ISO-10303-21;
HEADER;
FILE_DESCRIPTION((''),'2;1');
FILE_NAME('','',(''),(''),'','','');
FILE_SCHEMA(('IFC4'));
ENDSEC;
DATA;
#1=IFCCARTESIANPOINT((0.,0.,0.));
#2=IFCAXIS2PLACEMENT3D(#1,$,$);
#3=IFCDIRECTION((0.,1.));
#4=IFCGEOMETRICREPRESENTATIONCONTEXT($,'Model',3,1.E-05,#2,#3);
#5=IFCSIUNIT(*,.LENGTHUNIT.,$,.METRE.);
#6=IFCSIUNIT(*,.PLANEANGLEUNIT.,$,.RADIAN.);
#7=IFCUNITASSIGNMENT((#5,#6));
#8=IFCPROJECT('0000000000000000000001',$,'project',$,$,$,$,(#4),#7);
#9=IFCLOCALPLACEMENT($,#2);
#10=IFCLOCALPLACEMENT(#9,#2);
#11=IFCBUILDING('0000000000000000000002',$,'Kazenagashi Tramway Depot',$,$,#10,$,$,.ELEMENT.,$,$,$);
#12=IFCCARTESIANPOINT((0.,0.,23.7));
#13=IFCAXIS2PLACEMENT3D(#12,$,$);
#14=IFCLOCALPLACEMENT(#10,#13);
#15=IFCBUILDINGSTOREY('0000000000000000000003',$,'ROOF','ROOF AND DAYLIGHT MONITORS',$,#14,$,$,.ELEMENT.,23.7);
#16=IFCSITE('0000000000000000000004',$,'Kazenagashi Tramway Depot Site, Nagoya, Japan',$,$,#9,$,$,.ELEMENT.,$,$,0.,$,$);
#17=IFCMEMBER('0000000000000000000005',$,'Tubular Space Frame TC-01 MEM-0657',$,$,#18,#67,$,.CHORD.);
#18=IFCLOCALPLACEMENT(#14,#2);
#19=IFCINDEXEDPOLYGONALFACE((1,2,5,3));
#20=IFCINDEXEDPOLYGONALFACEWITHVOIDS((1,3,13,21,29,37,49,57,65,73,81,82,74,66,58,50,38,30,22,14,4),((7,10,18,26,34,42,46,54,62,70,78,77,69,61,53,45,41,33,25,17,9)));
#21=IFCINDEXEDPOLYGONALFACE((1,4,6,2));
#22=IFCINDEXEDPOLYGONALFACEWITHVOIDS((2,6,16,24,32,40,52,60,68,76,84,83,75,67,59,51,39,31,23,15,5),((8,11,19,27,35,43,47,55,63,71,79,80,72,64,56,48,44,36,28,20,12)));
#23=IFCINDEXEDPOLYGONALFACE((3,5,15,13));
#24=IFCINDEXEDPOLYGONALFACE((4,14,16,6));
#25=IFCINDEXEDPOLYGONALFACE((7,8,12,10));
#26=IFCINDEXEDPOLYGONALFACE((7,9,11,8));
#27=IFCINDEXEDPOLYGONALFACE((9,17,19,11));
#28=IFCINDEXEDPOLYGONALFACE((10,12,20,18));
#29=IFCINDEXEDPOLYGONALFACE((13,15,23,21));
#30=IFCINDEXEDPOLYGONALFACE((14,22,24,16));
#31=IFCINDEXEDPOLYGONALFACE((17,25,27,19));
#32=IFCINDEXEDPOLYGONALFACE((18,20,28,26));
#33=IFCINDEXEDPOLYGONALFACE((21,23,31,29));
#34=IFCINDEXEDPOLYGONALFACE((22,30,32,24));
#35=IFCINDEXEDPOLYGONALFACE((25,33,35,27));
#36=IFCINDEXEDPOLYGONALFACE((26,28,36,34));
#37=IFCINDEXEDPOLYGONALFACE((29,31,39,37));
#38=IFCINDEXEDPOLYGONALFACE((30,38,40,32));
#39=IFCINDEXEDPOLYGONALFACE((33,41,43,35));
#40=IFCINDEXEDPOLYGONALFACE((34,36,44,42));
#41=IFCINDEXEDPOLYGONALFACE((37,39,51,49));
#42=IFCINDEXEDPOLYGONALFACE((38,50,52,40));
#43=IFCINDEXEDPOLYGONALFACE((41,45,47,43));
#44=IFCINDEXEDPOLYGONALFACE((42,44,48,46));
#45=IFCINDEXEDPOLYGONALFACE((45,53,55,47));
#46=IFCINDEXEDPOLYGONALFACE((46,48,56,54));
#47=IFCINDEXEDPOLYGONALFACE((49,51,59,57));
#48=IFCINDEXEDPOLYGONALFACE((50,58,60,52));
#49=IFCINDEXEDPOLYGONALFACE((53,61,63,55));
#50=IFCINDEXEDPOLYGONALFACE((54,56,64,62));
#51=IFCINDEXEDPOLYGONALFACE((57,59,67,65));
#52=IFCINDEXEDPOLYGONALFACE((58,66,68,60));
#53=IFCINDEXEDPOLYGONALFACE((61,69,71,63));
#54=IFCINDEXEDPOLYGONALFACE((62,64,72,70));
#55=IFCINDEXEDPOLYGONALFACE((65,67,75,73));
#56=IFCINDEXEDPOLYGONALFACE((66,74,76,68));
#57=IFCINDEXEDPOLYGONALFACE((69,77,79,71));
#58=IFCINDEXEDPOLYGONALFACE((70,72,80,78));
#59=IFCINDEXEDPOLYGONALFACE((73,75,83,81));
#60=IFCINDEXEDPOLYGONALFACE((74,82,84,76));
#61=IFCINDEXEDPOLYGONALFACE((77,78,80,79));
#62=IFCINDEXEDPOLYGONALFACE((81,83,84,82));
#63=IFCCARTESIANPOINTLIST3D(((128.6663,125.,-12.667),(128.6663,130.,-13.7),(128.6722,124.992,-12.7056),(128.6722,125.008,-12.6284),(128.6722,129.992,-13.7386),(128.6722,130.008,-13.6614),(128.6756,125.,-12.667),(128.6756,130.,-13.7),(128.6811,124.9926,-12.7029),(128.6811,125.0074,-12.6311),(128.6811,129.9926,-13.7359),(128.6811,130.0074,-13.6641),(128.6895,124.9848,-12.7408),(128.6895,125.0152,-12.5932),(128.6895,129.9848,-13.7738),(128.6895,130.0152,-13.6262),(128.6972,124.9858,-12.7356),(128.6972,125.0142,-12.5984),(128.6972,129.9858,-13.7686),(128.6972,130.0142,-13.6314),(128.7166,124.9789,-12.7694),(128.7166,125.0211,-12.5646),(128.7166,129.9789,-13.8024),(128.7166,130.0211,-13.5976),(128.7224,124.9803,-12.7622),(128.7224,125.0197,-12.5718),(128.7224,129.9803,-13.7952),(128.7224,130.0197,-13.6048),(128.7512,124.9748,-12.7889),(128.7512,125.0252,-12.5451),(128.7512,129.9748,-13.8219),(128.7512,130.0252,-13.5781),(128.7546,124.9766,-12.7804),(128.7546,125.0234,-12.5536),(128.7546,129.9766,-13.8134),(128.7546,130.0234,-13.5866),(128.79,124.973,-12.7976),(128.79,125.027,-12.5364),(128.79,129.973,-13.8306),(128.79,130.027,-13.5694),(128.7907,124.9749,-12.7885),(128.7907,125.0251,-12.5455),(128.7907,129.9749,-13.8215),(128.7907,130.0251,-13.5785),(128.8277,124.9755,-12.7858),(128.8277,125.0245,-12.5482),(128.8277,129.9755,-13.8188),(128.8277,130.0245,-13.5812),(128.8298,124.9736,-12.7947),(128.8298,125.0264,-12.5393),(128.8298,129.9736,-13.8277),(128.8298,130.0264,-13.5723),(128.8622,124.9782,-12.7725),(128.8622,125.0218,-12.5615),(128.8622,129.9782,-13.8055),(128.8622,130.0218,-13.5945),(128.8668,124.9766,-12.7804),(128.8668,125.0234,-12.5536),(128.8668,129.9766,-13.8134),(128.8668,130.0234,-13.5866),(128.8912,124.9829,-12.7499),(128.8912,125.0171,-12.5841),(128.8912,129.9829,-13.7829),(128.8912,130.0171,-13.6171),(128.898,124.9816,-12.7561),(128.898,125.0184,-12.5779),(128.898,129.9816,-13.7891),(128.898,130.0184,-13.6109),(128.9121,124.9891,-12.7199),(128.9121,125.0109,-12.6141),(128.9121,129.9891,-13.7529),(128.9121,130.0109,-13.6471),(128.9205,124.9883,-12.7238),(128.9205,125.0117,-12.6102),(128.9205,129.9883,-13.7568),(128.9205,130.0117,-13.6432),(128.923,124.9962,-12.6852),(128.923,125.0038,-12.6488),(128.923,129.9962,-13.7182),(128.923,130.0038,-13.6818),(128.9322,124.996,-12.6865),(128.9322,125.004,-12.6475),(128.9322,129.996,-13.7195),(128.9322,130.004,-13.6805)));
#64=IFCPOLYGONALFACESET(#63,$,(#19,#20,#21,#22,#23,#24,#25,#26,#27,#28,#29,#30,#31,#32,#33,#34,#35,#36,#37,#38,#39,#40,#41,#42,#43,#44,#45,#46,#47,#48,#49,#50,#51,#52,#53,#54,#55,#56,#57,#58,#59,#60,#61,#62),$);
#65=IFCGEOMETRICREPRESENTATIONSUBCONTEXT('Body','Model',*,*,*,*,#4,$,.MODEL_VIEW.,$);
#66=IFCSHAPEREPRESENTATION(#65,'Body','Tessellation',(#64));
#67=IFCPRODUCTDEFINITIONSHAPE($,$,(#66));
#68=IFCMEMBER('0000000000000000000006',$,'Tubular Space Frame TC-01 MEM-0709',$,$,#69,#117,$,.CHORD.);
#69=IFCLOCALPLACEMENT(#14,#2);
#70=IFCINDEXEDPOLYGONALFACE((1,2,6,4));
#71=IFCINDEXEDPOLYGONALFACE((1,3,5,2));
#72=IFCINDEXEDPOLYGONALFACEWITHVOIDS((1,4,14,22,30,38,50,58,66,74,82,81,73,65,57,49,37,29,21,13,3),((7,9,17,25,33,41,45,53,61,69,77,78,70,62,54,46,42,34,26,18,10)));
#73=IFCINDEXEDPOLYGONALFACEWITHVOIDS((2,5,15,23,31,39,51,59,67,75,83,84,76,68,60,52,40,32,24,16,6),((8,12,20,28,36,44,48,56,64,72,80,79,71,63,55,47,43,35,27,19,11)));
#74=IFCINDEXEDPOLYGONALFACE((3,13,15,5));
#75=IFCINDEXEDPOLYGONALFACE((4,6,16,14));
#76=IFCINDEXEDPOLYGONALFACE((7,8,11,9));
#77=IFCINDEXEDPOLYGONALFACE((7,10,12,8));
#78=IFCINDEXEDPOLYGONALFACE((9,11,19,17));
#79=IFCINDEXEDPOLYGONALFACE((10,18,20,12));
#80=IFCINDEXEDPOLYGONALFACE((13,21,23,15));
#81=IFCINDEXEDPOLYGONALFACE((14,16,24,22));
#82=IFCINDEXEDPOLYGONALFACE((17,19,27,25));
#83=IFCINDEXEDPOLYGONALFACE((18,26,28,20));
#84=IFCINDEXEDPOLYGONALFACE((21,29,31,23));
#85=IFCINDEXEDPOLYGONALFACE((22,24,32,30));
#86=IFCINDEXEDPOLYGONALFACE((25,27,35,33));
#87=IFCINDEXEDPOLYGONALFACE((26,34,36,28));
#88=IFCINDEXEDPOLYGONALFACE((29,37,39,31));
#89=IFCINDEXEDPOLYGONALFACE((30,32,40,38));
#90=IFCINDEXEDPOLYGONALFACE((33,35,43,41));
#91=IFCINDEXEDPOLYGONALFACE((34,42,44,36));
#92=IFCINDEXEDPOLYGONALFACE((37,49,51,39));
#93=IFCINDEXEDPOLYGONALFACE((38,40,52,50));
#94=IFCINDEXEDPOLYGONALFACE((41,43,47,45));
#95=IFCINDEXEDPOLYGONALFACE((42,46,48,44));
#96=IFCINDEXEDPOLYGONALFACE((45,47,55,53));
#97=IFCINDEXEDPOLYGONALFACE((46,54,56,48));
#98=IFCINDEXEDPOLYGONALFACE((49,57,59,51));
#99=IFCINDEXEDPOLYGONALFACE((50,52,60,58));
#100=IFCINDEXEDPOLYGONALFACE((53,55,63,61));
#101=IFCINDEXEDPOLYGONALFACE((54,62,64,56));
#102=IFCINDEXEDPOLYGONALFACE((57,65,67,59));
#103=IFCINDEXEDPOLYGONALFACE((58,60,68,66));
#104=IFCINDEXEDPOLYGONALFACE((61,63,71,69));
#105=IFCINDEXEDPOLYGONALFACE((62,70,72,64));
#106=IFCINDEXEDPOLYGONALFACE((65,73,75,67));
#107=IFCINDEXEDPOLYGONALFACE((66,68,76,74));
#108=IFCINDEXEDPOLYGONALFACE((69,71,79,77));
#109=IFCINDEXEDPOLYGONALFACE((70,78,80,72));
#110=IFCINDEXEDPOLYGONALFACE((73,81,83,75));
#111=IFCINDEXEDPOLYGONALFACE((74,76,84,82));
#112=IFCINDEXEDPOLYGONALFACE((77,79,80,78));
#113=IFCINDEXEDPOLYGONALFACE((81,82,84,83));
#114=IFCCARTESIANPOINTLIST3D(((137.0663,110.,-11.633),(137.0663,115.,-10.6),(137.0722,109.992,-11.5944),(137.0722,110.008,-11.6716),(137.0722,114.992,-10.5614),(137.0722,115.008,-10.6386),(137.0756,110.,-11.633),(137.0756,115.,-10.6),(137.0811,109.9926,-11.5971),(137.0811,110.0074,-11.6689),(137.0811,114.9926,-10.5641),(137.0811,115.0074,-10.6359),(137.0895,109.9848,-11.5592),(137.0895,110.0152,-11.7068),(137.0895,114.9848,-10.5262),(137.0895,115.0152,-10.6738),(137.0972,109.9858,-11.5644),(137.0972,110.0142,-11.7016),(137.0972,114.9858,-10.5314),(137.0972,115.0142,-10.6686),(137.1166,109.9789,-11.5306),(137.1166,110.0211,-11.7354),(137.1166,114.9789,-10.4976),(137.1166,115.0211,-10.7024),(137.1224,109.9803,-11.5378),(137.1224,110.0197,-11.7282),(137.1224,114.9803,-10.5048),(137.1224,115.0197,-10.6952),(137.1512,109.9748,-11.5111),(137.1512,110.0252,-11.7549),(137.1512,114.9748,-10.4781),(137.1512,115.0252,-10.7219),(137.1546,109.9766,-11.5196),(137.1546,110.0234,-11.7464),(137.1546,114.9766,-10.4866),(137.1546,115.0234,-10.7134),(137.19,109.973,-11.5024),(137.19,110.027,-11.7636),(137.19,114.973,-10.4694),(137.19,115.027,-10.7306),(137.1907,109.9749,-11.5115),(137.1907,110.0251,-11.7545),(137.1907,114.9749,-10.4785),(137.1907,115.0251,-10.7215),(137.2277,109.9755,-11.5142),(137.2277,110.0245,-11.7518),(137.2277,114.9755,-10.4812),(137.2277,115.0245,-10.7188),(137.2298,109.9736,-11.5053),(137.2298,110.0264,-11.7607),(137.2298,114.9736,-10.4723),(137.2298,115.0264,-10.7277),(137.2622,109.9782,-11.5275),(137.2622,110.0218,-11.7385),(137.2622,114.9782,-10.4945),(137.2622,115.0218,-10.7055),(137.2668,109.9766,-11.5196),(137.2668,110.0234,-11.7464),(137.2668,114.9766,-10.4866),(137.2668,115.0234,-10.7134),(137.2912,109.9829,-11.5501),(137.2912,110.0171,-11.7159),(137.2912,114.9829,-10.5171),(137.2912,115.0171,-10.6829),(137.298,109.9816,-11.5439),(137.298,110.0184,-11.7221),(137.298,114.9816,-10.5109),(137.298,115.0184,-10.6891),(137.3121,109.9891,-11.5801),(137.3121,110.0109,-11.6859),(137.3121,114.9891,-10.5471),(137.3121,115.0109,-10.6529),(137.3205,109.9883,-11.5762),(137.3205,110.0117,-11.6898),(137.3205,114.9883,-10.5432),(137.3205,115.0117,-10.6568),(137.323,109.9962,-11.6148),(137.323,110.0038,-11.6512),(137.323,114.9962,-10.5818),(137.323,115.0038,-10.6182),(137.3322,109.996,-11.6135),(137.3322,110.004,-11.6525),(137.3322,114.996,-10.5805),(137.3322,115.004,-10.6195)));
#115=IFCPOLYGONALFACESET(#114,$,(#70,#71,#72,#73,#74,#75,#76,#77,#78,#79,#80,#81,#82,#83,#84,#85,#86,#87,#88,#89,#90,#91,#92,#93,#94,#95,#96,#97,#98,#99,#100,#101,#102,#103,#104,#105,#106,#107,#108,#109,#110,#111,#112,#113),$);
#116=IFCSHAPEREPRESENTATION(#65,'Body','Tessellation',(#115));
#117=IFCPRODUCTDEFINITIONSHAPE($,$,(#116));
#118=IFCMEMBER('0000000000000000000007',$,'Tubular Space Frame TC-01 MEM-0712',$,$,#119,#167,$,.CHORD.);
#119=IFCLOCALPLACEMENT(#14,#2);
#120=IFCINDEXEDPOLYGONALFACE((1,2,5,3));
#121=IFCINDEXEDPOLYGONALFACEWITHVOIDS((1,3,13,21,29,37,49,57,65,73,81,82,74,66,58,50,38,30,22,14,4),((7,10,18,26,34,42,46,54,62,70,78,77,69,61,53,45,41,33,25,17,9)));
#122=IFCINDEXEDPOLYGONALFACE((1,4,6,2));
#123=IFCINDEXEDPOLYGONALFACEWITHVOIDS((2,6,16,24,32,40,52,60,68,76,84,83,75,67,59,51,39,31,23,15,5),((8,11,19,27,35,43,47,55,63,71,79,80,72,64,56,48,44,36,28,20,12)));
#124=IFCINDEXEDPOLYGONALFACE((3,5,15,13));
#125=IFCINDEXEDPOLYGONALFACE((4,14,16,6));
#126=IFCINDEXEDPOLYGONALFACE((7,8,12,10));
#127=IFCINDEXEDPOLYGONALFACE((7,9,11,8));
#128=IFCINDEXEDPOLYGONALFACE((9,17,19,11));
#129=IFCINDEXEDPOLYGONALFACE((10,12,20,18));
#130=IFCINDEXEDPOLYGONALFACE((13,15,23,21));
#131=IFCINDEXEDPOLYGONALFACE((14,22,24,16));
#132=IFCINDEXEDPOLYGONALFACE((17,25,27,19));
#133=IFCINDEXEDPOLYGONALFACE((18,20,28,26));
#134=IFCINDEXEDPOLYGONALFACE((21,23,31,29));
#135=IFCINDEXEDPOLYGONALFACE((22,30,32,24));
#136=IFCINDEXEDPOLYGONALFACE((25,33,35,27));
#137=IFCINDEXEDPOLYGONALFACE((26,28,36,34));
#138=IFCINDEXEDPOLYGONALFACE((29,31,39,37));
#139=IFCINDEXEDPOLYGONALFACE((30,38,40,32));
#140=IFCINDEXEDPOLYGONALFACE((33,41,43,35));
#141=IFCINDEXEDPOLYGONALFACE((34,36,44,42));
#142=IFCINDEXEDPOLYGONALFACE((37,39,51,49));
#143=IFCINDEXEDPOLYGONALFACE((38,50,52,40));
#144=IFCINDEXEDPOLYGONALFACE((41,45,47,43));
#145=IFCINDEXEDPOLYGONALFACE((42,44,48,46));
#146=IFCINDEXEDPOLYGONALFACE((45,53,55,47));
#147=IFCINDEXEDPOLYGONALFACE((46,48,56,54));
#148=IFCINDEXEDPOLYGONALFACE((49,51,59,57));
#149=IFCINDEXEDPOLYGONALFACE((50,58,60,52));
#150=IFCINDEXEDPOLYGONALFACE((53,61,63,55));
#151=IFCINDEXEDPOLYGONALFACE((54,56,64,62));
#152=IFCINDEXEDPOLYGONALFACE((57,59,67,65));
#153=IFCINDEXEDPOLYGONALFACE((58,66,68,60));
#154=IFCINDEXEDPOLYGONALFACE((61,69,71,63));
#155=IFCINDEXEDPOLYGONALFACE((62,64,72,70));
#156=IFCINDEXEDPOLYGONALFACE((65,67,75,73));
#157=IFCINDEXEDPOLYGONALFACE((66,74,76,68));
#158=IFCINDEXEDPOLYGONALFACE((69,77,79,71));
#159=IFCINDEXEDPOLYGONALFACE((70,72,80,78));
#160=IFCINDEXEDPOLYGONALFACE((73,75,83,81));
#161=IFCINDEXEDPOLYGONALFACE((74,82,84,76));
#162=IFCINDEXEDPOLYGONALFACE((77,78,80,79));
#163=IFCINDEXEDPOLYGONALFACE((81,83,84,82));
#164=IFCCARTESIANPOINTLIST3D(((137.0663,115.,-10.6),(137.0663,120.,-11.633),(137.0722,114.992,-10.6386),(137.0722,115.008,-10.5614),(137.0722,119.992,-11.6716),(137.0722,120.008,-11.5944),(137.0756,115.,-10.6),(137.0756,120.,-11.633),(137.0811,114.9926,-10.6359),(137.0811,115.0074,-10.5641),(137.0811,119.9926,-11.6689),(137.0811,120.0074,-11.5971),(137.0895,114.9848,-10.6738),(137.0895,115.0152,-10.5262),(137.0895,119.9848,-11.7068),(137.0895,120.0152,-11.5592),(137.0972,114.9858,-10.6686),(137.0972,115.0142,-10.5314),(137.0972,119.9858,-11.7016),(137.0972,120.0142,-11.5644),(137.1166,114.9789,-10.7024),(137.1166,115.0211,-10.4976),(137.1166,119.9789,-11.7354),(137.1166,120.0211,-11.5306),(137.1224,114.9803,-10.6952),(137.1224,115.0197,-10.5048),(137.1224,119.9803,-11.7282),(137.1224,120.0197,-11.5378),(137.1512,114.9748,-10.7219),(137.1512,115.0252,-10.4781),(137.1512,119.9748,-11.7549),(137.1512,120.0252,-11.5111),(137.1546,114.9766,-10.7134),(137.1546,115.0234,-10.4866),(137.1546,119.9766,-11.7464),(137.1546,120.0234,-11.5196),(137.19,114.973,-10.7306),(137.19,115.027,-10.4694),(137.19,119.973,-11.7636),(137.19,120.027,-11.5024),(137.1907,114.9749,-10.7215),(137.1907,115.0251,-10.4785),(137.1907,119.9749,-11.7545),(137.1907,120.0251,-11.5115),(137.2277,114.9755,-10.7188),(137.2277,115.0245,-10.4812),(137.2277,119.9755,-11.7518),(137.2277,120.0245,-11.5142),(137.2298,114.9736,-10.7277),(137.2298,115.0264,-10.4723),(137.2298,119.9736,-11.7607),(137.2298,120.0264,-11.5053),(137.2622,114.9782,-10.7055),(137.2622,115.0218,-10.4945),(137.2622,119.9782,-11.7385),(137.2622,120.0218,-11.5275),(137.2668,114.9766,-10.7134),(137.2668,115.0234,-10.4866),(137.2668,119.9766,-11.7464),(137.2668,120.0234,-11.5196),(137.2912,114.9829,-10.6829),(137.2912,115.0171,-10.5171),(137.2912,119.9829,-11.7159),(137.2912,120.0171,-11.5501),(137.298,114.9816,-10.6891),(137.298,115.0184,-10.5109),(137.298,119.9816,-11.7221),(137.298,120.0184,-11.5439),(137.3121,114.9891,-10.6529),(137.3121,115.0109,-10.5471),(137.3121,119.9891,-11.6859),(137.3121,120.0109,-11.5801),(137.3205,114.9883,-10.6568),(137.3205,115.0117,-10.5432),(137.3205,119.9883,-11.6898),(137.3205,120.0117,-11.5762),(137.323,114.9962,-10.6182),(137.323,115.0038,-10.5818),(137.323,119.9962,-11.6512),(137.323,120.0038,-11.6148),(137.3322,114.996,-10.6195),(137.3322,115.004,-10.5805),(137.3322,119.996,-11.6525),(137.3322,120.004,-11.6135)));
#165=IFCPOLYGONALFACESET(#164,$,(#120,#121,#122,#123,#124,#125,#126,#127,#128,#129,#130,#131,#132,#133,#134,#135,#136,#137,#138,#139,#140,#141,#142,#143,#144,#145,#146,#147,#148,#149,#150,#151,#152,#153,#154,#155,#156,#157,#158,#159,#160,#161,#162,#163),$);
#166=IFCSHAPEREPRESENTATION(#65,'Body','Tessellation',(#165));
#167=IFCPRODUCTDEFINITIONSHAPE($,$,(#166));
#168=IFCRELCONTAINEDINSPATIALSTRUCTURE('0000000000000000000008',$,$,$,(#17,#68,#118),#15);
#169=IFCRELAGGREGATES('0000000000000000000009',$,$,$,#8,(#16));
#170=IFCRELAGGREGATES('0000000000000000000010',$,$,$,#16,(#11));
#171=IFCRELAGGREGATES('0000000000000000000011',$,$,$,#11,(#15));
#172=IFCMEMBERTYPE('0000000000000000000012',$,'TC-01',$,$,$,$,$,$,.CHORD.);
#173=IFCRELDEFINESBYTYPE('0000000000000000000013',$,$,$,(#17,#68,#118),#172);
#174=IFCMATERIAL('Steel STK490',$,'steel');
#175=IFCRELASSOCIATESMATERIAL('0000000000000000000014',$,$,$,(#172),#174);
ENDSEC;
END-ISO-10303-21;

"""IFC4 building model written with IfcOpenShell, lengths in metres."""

from ifc_helpers import new_model, si_unit, direction, frame, origin, origin_2d, place, context, subcontext, project, spatial, hollow_circle, extrude, material, material_profile, profile_set, type_object, element, save


model = new_model("IFC4")

# Units and contexts
model_context = context("Model", 3, precision=1e-05, world=origin(), true_north=direction((0.0, 1.0)))
body_context = subcontext(model_context, "Body", "Model", "MODEL_VIEW")
ifc_project = project(units=[si_unit("LENGTHUNIT", "METRE"), si_unit("PLANEANGLEUNIT", "RADIAN")], contexts=[model_context])

# Site, building, storey
site_placement = place(None, origin())
site = spatial("IfcSite", under=ifc_project, at=site_placement, Name="Kazenagashi Tramway Depot Site, Nagoya, Japan", CompositionType="ELEMENT", RefElevation=0.0)
building_placement = place(site_placement, origin())
building = spatial("IfcBuilding", under=site, at=building_placement, Name="Kazenagashi Tramway Depot", CompositionType="ELEMENT")
storey_placement = place(building_placement, frame((0.0, 0.0, 23.7)))
storey = spatial("IfcBuildingStorey", under=building, at=storey_placement, Name="ROOF", Description="ROOF AND DAYLIGHT MONITORS", CompositionType="ELEMENT", Elevation=23.7)

# Members
ifc_material_1 = material(Name="Steel STK490", Category="steel")
ifc_material_profile_1 = material_profile(ifc_material_1, hollow_circle(Radius=0.1337, WallThickness=0.0093, at=origin_2d()), Name="CHS-267.4x9.3")
ifc_profile_set_1 = profile_set([ifc_material_profile_1], Name="Steel STK490")
member_type_1 = type_object("IfcMemberType", Name="TC-01", PredefinedType="CHORD", material=ifc_profile_set_1)
for number, where, z_axis, x_axis, name in (
    (1, (128.8, 125.0, -12.667), (0.0, 0.979318, -0.202327), (-1.0, 0.0, 0.0), "Tubular Space Frame TC-01 MEM-0657"),
    (2, (137.2, 110.0, -11.633), (0.0, 0.979318, 0.202327), (-1.0, 0.0, 0.0), "Tubular Space Frame TC-01 MEM-0709"),
    (3, (137.2, 115.0, -10.6), (0.0, 0.979318, -0.202327), (-1.0, 0.0, 0.0), "Tubular Space Frame TC-01 MEM-0712"),
):
    element("IfcMember", number, at=place(storey_placement, frame(where, z_axis=z_axis, x_axis=x_axis)), inside=storey, type_object=member_type_1, Name=name, PredefinedType="CHORD", context=body_context, shape_type="SweptSolid", body=[
        extrude(hollow_circle(Radius=0.1337, WallThickness=0.0093, at=origin_2d()), origin(), (0.0, 0.0, 1.0), 5.1056),
    ])

save(model, "model.ifc")
